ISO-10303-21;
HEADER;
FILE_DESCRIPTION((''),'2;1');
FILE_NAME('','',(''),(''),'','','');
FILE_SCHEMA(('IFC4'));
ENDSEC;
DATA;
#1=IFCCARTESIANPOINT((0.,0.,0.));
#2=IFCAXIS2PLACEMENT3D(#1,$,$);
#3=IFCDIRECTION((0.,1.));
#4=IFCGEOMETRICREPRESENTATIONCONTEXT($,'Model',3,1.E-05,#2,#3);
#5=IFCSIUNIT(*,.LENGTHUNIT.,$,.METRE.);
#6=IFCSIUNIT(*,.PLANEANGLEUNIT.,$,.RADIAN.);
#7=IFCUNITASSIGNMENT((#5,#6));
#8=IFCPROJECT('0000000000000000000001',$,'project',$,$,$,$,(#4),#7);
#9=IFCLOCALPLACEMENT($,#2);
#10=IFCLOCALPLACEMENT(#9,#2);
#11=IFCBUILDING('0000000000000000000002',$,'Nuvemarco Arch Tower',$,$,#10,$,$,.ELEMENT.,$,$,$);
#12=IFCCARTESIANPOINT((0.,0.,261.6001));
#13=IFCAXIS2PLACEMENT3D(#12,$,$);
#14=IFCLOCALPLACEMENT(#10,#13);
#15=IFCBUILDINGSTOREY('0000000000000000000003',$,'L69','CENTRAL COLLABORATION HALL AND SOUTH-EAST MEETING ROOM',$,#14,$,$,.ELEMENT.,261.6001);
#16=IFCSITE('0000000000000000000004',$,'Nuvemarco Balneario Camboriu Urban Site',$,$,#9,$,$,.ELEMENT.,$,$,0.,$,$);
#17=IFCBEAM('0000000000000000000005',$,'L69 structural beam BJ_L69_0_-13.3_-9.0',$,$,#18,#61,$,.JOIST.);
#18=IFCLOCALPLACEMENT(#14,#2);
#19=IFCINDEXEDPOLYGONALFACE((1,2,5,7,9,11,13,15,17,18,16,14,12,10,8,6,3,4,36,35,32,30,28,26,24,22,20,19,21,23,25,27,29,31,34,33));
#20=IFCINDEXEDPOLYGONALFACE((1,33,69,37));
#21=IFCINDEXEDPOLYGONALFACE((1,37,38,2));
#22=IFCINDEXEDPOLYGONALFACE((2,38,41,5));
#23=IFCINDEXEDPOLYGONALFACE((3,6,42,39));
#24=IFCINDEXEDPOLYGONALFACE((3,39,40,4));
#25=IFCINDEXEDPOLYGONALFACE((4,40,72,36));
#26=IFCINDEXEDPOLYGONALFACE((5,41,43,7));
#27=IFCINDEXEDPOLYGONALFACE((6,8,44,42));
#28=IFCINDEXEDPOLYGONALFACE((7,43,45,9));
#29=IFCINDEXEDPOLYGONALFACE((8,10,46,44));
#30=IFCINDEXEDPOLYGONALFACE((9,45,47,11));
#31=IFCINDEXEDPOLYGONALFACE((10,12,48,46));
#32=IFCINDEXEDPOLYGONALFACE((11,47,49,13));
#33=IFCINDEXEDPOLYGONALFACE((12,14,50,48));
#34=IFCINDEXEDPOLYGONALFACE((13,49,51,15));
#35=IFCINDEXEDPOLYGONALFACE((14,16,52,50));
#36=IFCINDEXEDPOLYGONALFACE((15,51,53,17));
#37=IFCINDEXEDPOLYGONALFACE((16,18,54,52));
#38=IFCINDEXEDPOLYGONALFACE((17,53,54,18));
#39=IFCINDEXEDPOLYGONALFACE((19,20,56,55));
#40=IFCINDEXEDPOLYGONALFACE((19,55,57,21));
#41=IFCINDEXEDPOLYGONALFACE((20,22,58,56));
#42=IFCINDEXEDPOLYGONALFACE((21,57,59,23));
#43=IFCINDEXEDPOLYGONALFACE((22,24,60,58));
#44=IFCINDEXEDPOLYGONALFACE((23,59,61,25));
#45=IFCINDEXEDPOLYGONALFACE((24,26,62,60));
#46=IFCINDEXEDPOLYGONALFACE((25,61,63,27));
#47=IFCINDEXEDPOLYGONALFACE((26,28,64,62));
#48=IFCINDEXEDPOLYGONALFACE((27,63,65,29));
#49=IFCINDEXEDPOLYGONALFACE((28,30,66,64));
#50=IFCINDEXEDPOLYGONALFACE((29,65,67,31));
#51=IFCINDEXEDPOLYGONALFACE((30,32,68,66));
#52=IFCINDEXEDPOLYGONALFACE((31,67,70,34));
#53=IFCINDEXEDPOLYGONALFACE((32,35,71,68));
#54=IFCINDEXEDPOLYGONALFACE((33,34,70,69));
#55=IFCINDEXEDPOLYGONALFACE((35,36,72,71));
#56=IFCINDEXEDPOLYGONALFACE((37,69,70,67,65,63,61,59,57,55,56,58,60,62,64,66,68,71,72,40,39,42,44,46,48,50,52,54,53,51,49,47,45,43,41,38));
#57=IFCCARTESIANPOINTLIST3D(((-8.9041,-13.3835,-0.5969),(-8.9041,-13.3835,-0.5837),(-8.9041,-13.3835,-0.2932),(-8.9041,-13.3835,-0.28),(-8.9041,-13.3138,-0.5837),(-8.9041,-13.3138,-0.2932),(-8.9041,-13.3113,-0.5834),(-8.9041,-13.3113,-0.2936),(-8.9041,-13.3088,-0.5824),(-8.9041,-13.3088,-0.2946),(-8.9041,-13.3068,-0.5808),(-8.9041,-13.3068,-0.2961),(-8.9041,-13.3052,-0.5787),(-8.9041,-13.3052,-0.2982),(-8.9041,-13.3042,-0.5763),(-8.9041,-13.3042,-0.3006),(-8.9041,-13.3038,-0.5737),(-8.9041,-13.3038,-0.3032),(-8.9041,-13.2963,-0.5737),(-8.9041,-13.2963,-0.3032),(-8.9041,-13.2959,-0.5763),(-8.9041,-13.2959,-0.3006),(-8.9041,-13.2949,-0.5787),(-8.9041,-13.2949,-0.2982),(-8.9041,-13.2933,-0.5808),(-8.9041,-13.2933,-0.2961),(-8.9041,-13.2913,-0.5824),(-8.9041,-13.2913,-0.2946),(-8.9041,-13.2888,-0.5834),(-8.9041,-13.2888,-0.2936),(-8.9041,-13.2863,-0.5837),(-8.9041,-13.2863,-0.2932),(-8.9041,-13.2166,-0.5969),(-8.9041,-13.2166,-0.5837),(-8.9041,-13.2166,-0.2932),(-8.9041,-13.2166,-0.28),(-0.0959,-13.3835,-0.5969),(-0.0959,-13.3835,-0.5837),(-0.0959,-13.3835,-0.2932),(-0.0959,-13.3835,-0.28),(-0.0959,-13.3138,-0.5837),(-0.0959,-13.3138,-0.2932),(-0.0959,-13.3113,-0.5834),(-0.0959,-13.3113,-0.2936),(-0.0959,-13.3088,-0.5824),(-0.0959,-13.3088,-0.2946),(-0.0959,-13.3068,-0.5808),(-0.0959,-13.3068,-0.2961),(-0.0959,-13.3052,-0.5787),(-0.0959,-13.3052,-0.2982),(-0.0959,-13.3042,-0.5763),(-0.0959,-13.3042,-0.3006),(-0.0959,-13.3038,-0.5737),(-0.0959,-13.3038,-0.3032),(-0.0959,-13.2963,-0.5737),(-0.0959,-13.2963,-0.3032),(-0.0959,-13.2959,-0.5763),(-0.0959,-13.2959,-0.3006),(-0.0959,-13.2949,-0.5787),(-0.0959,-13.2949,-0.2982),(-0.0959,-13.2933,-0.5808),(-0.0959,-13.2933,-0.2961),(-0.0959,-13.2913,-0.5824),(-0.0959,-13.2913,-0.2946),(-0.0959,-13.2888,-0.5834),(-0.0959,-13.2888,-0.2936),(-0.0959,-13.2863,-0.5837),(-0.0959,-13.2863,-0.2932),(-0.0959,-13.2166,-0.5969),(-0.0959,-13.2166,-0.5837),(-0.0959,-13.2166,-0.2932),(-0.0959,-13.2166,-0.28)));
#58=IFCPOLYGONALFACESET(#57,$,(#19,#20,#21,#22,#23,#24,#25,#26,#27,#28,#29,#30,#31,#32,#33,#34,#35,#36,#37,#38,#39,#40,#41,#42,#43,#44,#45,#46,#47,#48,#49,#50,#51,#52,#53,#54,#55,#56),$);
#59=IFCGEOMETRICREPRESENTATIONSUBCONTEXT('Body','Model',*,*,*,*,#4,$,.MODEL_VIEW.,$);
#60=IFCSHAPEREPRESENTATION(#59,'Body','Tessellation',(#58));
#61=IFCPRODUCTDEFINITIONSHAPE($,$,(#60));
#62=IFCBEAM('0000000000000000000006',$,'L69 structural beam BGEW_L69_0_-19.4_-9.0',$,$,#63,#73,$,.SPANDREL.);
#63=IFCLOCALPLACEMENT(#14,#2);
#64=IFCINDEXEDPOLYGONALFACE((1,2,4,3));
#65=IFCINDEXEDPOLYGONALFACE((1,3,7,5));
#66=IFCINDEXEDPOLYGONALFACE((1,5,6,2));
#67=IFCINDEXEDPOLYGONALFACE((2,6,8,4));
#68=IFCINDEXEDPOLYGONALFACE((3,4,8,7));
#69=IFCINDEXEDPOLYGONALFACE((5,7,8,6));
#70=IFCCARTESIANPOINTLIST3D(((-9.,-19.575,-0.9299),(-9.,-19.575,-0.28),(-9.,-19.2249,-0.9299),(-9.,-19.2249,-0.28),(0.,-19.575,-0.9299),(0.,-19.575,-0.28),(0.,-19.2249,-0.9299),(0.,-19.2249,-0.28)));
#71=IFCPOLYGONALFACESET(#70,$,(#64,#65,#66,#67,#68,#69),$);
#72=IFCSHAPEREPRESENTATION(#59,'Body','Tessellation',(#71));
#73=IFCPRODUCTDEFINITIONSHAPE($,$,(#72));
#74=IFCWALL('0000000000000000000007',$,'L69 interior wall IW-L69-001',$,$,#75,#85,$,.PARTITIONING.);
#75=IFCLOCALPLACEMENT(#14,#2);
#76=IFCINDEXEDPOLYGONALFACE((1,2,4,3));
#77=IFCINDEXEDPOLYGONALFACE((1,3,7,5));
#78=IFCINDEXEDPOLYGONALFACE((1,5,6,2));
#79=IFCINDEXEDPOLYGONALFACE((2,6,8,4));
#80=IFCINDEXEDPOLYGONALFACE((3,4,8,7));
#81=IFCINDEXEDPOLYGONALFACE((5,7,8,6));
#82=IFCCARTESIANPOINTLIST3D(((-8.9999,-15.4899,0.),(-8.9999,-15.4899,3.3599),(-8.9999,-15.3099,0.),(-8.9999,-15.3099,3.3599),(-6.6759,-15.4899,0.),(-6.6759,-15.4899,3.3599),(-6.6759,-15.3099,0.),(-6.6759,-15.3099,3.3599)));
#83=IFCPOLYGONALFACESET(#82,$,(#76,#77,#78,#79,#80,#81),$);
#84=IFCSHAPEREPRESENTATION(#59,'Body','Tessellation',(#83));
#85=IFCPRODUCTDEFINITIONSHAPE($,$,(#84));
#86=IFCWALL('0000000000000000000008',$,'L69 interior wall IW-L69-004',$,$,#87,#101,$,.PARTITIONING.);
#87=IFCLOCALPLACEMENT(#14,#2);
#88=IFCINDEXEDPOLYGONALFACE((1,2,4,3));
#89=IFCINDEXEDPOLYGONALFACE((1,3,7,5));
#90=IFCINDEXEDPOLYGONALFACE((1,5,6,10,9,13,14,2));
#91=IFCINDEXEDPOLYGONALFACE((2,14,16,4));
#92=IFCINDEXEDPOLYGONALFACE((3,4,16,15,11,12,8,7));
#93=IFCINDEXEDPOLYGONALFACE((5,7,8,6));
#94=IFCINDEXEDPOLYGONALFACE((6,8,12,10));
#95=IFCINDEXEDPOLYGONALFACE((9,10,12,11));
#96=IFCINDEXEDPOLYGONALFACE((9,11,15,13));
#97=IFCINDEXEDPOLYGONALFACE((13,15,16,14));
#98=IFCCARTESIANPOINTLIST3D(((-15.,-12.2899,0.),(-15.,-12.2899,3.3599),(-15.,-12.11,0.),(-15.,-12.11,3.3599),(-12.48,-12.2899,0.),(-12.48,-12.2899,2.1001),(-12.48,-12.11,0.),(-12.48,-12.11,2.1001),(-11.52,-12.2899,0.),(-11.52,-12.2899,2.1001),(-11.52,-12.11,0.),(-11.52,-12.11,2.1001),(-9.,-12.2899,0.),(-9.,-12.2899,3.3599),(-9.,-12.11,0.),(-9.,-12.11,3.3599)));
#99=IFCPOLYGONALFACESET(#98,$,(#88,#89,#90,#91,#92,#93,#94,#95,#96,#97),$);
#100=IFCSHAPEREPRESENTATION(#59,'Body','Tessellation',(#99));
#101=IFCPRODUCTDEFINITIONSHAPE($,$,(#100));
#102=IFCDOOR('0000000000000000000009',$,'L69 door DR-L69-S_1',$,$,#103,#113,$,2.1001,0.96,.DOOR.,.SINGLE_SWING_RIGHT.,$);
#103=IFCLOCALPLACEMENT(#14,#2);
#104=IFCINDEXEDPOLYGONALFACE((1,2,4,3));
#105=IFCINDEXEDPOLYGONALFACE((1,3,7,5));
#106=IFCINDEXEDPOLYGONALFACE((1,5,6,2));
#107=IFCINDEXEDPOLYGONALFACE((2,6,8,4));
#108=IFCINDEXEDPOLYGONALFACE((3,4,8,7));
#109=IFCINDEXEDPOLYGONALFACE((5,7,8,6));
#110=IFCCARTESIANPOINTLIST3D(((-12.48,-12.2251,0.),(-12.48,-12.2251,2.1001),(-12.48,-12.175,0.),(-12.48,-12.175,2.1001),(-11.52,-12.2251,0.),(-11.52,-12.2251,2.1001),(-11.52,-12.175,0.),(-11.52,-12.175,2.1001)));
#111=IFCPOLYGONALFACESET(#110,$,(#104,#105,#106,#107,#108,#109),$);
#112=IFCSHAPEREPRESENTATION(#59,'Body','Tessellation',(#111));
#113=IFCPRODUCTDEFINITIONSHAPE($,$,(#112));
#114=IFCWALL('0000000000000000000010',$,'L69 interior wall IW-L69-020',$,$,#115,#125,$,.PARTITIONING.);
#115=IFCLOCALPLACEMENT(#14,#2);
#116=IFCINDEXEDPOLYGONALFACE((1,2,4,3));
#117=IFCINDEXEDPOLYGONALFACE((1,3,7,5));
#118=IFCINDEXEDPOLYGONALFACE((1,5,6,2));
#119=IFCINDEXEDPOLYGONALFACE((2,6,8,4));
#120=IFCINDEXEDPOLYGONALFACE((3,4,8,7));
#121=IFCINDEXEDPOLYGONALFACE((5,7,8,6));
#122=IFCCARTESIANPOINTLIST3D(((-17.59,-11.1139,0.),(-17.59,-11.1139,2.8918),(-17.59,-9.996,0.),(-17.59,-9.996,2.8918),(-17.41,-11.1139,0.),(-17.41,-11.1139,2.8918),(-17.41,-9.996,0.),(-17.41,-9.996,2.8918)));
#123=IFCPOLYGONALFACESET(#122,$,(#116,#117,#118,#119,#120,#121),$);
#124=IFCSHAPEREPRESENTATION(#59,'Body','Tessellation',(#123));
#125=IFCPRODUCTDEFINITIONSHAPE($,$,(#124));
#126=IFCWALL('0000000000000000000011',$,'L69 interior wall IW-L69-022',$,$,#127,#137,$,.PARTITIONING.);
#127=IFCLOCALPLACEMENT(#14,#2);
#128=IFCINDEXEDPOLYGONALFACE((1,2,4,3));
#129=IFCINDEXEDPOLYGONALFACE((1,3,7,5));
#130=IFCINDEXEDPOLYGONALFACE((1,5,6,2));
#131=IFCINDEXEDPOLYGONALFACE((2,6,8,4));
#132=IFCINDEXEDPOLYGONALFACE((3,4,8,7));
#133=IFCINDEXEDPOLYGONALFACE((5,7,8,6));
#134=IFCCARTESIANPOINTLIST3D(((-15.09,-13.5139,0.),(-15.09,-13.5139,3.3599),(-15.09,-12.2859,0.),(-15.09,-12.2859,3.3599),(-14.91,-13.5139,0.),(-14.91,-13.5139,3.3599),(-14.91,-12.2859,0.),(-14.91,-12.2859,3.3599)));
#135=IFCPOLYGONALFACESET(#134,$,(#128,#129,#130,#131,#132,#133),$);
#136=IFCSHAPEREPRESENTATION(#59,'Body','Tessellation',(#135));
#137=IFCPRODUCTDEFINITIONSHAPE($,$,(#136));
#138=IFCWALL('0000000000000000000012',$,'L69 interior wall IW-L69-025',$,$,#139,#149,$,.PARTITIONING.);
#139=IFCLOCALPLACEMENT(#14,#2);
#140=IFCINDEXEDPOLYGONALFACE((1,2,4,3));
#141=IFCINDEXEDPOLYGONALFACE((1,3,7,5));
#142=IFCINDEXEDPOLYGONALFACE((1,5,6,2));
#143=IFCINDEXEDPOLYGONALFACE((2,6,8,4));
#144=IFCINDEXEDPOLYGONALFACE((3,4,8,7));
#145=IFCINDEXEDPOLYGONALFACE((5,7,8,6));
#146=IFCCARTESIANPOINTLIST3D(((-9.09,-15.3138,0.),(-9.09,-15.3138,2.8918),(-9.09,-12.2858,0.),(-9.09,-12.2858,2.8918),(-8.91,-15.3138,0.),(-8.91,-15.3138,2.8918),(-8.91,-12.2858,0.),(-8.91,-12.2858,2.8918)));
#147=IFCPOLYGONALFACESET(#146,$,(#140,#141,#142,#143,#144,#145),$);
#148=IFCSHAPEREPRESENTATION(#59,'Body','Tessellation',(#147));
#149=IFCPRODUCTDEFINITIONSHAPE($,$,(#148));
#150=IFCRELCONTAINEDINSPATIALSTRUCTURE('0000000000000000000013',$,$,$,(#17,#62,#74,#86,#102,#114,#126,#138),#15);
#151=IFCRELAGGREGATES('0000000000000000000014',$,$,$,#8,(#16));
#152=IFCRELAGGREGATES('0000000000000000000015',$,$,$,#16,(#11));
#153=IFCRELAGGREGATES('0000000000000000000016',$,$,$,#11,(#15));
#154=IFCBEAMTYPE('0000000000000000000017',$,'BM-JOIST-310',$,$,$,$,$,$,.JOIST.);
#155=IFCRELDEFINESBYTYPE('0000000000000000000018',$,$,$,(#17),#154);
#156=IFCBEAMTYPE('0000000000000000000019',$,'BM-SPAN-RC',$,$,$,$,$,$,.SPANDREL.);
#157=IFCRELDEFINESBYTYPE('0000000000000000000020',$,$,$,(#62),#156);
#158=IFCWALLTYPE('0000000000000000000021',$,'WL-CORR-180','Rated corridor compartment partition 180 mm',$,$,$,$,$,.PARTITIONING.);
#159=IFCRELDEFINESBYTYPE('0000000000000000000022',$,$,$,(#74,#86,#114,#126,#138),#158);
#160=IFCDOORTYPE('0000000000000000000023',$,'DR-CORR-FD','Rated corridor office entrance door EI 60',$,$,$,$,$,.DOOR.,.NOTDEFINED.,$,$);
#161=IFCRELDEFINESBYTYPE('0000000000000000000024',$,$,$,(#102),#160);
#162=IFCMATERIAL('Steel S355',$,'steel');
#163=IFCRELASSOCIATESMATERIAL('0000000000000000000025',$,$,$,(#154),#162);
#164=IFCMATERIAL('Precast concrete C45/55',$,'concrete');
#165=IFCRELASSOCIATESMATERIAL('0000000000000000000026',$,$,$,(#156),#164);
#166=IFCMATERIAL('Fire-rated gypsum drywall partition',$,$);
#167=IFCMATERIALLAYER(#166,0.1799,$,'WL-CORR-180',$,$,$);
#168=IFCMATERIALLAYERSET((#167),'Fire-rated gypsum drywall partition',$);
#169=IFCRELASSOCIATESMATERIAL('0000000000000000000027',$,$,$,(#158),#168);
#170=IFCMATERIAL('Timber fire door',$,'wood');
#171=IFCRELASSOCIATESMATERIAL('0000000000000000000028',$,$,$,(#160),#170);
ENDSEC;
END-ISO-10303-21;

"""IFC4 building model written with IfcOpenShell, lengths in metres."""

from ifc_helpers import new_model, si_unit, direction, frame, frame_2d, origin, origin_2d, place, context, subcontext, project, spatial, rectangle, i_section, extrude, source, transform, mapped, material, layer, layer_set, material_profile, profile_set, type_object, type_shapes, element, fill, save


model = new_model("IFC4")

# Units and contexts
model_context = context("Model", 3, precision=1e-05, world=origin(), true_north=direction((0.0, 1.0)))
body_context = subcontext(model_context, "Body", "Model", "MODEL_VIEW")
ifc_project = project(units=[si_unit("LENGTHUNIT", "METRE"), si_unit("PLANEANGLEUNIT", "RADIAN")], contexts=[model_context])

# Site, building, storey
site_placement = place(None, origin())
site = spatial("IfcSite", under=ifc_project, at=site_placement, Name="Nuvemarco Balneario Camboriu Urban Site", CompositionType="ELEMENT", RefElevation=0.0)
building_placement = place(site_placement, origin())
building = spatial("IfcBuilding", under=site, at=building_placement, Name="Nuvemarco Arch Tower", CompositionType="ELEMENT")
storey_placement = place(building_placement, frame((0.0, 0.0, 261.6001)))
storey = spatial("IfcBuildingStorey", under=building, at=storey_placement, Name="L69", Description="CENTRAL COLLABORATION HALL AND SOUTH-EAST MEETING ROOM", CompositionType="ELEMENT", Elevation=261.6001)

# Shared definitions
ifc_material_1 = material(Name="Steel S355", Category="steel")

# Beams
ifc_material_profile_1 = material_profile(ifc_material_1, i_section(OverallWidth=0.167, OverallDepth=0.3169, WebThickness=0.0076, FlangeThickness=0.0132, FilletRadius=0.01, at=origin_2d()), Name="W310x52")
ifc_profile_set_1 = profile_set([ifc_material_profile_1], Name="Steel S355")
beam_type_1 = type_object("IfcBeamType", Name="BM-JOIST-310", PredefinedType="JOIST", material=ifc_profile_set_1)
beam_1_placement = place(storey_placement, frame((-8.9041, -13.3, -0.4385), z_axis=(1.0, 0.0, 0.0), x_axis=(0.0, 1.0, 0.0)))
element("IfcBeam", 1, at=beam_1_placement, inside=storey, type_object=beam_type_1, Name="L69 structural beam BJ_L69_0_-13.3_-9.0", PredefinedType="JOIST", context=body_context, shape_type="SweptSolid", body=[
    extrude(i_section(OverallWidth=0.167, OverallDepth=0.3169, WebThickness=0.0076, FlangeThickness=0.0132, FilletRadius=0.01, at=origin_2d()), origin(), (0.0, 0.0, 1.0), 8.8081),
])
ifc_material_2 = material(Name="Precast concrete C45/55", Category="concrete")
ifc_material_profile_2 = material_profile(ifc_material_2, rectangle(XDim=0.3501, YDim=0.6499, at=origin_2d()), Name="PC-SP-350x650")
ifc_profile_set_2 = profile_set([ifc_material_profile_2], Name="Precast concrete C45/55")
beam_type_2 = type_object("IfcBeamType", Name="BM-SPAN-RC", PredefinedType="SPANDREL", material=ifc_profile_set_2)
beam_2_placement = place(storey_placement, frame((-9.0, -19.3999, -0.605), z_axis=(1.0, 0.0, 0.0), x_axis=(0.0, 1.0, 0.0)))
element("IfcBeam", 2, at=beam_2_placement, inside=storey, type_object=beam_type_2, Name="L69 structural beam BGEW_L69_0_-19.4_-9.0", PredefinedType="SPANDREL", context=body_context, shape_type="SweptSolid", body=[
    extrude(rectangle(XDim=0.3501, YDim=0.6499, at=origin_2d()), origin(), (0.0, 0.0, 1.0), 9.0),
])

# Wall
ifc_material_3 = material(Name="Fire-rated gypsum drywall partition")
ifc_layer = layer(ifc_material_3, 0.1799, Name="WL-CORR-180")
ifc_layer_set = layer_set([ifc_layer], Name="Fire-rated gypsum drywall partition")
wall_type = type_object("IfcWallType", Name="WL-CORR-180", Description="Rated corridor compartment partition 180 mm", PredefinedType="PARTITIONING", material=ifc_layer_set)
wall_1_placement = place(storey_placement, frame((-9.0, -15.3999, 0.0), z_axis=(0.0, 0.0, 1.0), x_axis=(1.0, 0.0, 0.0)))
element("IfcWall", 3, at=wall_1_placement, inside=storey, type_object=wall_type, Name="L69 interior wall IW-L69-001", PredefinedType="PARTITIONING", context=body_context, shape_type="SweptSolid", body=[
    extrude(rectangle(XDim=2.324, YDim=0.1799, at=frame_2d((1.1621, 0.0))), origin(), (0.0, 0.0, 1.0), 3.3599),
])

# Wall, opening, door
wall_2_placement = place(storey_placement, frame((-15.0, -12.2, 0.0), z_axis=(0.0, 0.0, 1.0), x_axis=(1.0, 0.0, 0.0)))
wall_2 = element("IfcWall", 4, at=wall_2_placement, inside=storey, type_object=wall_type, Name="L69 interior wall IW-L69-004", PredefinedType="PARTITIONING", context=body_context, shape_type="SweptSolid", body=[
    extrude(rectangle(XDim=6.0, YDim=0.1799, at=frame_2d((3.0, 0.0))), origin(), (0.0, 0.0, 1.0), 3.3599),
])
opening_1_placement = place(wall_2_placement, frame((2.52, 0.0, 0.0)))
opening_1 = element("IfcOpeningElement", 5, at=opening_1_placement, cuts=wall_2, PredefinedType="OPENING", context=body_context, shape_type="SweptSolid", body=[
    extrude(rectangle(XDim=0.96, YDim=2.1001, at=frame_2d((0.48, 1.05))), frame((0.0, 0.0999, 0.0), z_axis=(0.0, -1.0, 0.0), x_axis=(1.0, 0.0, 0.0)), (0.0, 0.0, 1.0), 0.2),
])
ifc_material_4 = material(Name="Timber fire door", Category="wood")
door_type = type_object("IfcDoorType", Name="DR-CORR-FD", Description="Rated corridor office entrance door EI 60", OperationType="NOTDEFINED", PredefinedType="DOOR", material=ifc_material_4)
shared_shape_1 = source(origin(), body_context, "Body", "SweptSolid", [
    extrude(rectangle(XDim=0.96, YDim=2.1001, at=frame_2d((0.48, 1.05))), frame((0.0, 0.0249, 0.0), z_axis=(0.0, -1.0, 0.0), x_axis=(1.0, 0.0, 0.0)), (0.0, 0.0, 1.0), 0.05),
])
type_shapes(door_type, [shared_shape_1])
door_1_placement = place(opening_1_placement, origin())
door_1 = element("IfcDoor", 6, at=door_1_placement, inside=storey, type_object=door_type, Name="L69 door DR-L69-S_1", OperationType="SINGLE_SWING_RIGHT", OverallHeight=2.1001, OverallWidth=0.96, PredefinedType="DOOR", context=body_context, shape_type="MappedRepresentation", body=[
    mapped(shared_shape_1, transform((0.0, 0.0, 0.0), scale=1.0)),
])
fill(opening_1, door_1)

# Walls
wall_3_placement = place(storey_placement, frame((-17.5, -11.114, 0.0), z_axis=(0.0, 0.0, 1.0), x_axis=(0.0, 1.0, 0.0)))
element("IfcWall", 7, at=wall_3_placement, inside=storey, type_object=wall_type, Name="L69 interior wall IW-L69-020", PredefinedType="PARTITIONING", context=body_context, shape_type="SweptSolid", body=[
    extrude(rectangle(XDim=1.1179, YDim=0.1799, at=frame_2d((0.5591, 0.0))), origin(), (0.0, 0.0, 1.0), 2.8918),
])
wall_4_placement = place(storey_placement, frame((-15.0, -13.5139, 0.0), z_axis=(0.0, 0.0, 1.0), x_axis=(0.0, 1.0, 0.0)))
element("IfcWall", 8, at=wall_4_placement, inside=storey, type_object=wall_type, Name="L69 interior wall IW-L69-022", PredefinedType="PARTITIONING", context=body_context, shape_type="SweptSolid", body=[
    extrude(rectangle(XDim=1.228, YDim=0.1799, at=frame_2d((0.614, 0.0))), origin(), (0.0, 0.0, 1.0), 3.3599),
])
wall_5_placement = place(storey_placement, frame((-9.0, -15.314, 0.0), z_axis=(0.0, 0.0, 1.0), x_axis=(0.0, 1.0, 0.0)))
element("IfcWall", 9, at=wall_5_placement, inside=storey, type_object=wall_type, Name="L69 interior wall IW-L69-025", PredefinedType="PARTITIONING", context=body_context, shape_type="SweptSolid", body=[
    extrude(rectangle(XDim=3.0281, YDim=0.1799, at=frame_2d((1.5142, 0.0))), origin(), (0.0, 0.0, 1.0), 2.8918),
])

save(model, "model.ifc")
